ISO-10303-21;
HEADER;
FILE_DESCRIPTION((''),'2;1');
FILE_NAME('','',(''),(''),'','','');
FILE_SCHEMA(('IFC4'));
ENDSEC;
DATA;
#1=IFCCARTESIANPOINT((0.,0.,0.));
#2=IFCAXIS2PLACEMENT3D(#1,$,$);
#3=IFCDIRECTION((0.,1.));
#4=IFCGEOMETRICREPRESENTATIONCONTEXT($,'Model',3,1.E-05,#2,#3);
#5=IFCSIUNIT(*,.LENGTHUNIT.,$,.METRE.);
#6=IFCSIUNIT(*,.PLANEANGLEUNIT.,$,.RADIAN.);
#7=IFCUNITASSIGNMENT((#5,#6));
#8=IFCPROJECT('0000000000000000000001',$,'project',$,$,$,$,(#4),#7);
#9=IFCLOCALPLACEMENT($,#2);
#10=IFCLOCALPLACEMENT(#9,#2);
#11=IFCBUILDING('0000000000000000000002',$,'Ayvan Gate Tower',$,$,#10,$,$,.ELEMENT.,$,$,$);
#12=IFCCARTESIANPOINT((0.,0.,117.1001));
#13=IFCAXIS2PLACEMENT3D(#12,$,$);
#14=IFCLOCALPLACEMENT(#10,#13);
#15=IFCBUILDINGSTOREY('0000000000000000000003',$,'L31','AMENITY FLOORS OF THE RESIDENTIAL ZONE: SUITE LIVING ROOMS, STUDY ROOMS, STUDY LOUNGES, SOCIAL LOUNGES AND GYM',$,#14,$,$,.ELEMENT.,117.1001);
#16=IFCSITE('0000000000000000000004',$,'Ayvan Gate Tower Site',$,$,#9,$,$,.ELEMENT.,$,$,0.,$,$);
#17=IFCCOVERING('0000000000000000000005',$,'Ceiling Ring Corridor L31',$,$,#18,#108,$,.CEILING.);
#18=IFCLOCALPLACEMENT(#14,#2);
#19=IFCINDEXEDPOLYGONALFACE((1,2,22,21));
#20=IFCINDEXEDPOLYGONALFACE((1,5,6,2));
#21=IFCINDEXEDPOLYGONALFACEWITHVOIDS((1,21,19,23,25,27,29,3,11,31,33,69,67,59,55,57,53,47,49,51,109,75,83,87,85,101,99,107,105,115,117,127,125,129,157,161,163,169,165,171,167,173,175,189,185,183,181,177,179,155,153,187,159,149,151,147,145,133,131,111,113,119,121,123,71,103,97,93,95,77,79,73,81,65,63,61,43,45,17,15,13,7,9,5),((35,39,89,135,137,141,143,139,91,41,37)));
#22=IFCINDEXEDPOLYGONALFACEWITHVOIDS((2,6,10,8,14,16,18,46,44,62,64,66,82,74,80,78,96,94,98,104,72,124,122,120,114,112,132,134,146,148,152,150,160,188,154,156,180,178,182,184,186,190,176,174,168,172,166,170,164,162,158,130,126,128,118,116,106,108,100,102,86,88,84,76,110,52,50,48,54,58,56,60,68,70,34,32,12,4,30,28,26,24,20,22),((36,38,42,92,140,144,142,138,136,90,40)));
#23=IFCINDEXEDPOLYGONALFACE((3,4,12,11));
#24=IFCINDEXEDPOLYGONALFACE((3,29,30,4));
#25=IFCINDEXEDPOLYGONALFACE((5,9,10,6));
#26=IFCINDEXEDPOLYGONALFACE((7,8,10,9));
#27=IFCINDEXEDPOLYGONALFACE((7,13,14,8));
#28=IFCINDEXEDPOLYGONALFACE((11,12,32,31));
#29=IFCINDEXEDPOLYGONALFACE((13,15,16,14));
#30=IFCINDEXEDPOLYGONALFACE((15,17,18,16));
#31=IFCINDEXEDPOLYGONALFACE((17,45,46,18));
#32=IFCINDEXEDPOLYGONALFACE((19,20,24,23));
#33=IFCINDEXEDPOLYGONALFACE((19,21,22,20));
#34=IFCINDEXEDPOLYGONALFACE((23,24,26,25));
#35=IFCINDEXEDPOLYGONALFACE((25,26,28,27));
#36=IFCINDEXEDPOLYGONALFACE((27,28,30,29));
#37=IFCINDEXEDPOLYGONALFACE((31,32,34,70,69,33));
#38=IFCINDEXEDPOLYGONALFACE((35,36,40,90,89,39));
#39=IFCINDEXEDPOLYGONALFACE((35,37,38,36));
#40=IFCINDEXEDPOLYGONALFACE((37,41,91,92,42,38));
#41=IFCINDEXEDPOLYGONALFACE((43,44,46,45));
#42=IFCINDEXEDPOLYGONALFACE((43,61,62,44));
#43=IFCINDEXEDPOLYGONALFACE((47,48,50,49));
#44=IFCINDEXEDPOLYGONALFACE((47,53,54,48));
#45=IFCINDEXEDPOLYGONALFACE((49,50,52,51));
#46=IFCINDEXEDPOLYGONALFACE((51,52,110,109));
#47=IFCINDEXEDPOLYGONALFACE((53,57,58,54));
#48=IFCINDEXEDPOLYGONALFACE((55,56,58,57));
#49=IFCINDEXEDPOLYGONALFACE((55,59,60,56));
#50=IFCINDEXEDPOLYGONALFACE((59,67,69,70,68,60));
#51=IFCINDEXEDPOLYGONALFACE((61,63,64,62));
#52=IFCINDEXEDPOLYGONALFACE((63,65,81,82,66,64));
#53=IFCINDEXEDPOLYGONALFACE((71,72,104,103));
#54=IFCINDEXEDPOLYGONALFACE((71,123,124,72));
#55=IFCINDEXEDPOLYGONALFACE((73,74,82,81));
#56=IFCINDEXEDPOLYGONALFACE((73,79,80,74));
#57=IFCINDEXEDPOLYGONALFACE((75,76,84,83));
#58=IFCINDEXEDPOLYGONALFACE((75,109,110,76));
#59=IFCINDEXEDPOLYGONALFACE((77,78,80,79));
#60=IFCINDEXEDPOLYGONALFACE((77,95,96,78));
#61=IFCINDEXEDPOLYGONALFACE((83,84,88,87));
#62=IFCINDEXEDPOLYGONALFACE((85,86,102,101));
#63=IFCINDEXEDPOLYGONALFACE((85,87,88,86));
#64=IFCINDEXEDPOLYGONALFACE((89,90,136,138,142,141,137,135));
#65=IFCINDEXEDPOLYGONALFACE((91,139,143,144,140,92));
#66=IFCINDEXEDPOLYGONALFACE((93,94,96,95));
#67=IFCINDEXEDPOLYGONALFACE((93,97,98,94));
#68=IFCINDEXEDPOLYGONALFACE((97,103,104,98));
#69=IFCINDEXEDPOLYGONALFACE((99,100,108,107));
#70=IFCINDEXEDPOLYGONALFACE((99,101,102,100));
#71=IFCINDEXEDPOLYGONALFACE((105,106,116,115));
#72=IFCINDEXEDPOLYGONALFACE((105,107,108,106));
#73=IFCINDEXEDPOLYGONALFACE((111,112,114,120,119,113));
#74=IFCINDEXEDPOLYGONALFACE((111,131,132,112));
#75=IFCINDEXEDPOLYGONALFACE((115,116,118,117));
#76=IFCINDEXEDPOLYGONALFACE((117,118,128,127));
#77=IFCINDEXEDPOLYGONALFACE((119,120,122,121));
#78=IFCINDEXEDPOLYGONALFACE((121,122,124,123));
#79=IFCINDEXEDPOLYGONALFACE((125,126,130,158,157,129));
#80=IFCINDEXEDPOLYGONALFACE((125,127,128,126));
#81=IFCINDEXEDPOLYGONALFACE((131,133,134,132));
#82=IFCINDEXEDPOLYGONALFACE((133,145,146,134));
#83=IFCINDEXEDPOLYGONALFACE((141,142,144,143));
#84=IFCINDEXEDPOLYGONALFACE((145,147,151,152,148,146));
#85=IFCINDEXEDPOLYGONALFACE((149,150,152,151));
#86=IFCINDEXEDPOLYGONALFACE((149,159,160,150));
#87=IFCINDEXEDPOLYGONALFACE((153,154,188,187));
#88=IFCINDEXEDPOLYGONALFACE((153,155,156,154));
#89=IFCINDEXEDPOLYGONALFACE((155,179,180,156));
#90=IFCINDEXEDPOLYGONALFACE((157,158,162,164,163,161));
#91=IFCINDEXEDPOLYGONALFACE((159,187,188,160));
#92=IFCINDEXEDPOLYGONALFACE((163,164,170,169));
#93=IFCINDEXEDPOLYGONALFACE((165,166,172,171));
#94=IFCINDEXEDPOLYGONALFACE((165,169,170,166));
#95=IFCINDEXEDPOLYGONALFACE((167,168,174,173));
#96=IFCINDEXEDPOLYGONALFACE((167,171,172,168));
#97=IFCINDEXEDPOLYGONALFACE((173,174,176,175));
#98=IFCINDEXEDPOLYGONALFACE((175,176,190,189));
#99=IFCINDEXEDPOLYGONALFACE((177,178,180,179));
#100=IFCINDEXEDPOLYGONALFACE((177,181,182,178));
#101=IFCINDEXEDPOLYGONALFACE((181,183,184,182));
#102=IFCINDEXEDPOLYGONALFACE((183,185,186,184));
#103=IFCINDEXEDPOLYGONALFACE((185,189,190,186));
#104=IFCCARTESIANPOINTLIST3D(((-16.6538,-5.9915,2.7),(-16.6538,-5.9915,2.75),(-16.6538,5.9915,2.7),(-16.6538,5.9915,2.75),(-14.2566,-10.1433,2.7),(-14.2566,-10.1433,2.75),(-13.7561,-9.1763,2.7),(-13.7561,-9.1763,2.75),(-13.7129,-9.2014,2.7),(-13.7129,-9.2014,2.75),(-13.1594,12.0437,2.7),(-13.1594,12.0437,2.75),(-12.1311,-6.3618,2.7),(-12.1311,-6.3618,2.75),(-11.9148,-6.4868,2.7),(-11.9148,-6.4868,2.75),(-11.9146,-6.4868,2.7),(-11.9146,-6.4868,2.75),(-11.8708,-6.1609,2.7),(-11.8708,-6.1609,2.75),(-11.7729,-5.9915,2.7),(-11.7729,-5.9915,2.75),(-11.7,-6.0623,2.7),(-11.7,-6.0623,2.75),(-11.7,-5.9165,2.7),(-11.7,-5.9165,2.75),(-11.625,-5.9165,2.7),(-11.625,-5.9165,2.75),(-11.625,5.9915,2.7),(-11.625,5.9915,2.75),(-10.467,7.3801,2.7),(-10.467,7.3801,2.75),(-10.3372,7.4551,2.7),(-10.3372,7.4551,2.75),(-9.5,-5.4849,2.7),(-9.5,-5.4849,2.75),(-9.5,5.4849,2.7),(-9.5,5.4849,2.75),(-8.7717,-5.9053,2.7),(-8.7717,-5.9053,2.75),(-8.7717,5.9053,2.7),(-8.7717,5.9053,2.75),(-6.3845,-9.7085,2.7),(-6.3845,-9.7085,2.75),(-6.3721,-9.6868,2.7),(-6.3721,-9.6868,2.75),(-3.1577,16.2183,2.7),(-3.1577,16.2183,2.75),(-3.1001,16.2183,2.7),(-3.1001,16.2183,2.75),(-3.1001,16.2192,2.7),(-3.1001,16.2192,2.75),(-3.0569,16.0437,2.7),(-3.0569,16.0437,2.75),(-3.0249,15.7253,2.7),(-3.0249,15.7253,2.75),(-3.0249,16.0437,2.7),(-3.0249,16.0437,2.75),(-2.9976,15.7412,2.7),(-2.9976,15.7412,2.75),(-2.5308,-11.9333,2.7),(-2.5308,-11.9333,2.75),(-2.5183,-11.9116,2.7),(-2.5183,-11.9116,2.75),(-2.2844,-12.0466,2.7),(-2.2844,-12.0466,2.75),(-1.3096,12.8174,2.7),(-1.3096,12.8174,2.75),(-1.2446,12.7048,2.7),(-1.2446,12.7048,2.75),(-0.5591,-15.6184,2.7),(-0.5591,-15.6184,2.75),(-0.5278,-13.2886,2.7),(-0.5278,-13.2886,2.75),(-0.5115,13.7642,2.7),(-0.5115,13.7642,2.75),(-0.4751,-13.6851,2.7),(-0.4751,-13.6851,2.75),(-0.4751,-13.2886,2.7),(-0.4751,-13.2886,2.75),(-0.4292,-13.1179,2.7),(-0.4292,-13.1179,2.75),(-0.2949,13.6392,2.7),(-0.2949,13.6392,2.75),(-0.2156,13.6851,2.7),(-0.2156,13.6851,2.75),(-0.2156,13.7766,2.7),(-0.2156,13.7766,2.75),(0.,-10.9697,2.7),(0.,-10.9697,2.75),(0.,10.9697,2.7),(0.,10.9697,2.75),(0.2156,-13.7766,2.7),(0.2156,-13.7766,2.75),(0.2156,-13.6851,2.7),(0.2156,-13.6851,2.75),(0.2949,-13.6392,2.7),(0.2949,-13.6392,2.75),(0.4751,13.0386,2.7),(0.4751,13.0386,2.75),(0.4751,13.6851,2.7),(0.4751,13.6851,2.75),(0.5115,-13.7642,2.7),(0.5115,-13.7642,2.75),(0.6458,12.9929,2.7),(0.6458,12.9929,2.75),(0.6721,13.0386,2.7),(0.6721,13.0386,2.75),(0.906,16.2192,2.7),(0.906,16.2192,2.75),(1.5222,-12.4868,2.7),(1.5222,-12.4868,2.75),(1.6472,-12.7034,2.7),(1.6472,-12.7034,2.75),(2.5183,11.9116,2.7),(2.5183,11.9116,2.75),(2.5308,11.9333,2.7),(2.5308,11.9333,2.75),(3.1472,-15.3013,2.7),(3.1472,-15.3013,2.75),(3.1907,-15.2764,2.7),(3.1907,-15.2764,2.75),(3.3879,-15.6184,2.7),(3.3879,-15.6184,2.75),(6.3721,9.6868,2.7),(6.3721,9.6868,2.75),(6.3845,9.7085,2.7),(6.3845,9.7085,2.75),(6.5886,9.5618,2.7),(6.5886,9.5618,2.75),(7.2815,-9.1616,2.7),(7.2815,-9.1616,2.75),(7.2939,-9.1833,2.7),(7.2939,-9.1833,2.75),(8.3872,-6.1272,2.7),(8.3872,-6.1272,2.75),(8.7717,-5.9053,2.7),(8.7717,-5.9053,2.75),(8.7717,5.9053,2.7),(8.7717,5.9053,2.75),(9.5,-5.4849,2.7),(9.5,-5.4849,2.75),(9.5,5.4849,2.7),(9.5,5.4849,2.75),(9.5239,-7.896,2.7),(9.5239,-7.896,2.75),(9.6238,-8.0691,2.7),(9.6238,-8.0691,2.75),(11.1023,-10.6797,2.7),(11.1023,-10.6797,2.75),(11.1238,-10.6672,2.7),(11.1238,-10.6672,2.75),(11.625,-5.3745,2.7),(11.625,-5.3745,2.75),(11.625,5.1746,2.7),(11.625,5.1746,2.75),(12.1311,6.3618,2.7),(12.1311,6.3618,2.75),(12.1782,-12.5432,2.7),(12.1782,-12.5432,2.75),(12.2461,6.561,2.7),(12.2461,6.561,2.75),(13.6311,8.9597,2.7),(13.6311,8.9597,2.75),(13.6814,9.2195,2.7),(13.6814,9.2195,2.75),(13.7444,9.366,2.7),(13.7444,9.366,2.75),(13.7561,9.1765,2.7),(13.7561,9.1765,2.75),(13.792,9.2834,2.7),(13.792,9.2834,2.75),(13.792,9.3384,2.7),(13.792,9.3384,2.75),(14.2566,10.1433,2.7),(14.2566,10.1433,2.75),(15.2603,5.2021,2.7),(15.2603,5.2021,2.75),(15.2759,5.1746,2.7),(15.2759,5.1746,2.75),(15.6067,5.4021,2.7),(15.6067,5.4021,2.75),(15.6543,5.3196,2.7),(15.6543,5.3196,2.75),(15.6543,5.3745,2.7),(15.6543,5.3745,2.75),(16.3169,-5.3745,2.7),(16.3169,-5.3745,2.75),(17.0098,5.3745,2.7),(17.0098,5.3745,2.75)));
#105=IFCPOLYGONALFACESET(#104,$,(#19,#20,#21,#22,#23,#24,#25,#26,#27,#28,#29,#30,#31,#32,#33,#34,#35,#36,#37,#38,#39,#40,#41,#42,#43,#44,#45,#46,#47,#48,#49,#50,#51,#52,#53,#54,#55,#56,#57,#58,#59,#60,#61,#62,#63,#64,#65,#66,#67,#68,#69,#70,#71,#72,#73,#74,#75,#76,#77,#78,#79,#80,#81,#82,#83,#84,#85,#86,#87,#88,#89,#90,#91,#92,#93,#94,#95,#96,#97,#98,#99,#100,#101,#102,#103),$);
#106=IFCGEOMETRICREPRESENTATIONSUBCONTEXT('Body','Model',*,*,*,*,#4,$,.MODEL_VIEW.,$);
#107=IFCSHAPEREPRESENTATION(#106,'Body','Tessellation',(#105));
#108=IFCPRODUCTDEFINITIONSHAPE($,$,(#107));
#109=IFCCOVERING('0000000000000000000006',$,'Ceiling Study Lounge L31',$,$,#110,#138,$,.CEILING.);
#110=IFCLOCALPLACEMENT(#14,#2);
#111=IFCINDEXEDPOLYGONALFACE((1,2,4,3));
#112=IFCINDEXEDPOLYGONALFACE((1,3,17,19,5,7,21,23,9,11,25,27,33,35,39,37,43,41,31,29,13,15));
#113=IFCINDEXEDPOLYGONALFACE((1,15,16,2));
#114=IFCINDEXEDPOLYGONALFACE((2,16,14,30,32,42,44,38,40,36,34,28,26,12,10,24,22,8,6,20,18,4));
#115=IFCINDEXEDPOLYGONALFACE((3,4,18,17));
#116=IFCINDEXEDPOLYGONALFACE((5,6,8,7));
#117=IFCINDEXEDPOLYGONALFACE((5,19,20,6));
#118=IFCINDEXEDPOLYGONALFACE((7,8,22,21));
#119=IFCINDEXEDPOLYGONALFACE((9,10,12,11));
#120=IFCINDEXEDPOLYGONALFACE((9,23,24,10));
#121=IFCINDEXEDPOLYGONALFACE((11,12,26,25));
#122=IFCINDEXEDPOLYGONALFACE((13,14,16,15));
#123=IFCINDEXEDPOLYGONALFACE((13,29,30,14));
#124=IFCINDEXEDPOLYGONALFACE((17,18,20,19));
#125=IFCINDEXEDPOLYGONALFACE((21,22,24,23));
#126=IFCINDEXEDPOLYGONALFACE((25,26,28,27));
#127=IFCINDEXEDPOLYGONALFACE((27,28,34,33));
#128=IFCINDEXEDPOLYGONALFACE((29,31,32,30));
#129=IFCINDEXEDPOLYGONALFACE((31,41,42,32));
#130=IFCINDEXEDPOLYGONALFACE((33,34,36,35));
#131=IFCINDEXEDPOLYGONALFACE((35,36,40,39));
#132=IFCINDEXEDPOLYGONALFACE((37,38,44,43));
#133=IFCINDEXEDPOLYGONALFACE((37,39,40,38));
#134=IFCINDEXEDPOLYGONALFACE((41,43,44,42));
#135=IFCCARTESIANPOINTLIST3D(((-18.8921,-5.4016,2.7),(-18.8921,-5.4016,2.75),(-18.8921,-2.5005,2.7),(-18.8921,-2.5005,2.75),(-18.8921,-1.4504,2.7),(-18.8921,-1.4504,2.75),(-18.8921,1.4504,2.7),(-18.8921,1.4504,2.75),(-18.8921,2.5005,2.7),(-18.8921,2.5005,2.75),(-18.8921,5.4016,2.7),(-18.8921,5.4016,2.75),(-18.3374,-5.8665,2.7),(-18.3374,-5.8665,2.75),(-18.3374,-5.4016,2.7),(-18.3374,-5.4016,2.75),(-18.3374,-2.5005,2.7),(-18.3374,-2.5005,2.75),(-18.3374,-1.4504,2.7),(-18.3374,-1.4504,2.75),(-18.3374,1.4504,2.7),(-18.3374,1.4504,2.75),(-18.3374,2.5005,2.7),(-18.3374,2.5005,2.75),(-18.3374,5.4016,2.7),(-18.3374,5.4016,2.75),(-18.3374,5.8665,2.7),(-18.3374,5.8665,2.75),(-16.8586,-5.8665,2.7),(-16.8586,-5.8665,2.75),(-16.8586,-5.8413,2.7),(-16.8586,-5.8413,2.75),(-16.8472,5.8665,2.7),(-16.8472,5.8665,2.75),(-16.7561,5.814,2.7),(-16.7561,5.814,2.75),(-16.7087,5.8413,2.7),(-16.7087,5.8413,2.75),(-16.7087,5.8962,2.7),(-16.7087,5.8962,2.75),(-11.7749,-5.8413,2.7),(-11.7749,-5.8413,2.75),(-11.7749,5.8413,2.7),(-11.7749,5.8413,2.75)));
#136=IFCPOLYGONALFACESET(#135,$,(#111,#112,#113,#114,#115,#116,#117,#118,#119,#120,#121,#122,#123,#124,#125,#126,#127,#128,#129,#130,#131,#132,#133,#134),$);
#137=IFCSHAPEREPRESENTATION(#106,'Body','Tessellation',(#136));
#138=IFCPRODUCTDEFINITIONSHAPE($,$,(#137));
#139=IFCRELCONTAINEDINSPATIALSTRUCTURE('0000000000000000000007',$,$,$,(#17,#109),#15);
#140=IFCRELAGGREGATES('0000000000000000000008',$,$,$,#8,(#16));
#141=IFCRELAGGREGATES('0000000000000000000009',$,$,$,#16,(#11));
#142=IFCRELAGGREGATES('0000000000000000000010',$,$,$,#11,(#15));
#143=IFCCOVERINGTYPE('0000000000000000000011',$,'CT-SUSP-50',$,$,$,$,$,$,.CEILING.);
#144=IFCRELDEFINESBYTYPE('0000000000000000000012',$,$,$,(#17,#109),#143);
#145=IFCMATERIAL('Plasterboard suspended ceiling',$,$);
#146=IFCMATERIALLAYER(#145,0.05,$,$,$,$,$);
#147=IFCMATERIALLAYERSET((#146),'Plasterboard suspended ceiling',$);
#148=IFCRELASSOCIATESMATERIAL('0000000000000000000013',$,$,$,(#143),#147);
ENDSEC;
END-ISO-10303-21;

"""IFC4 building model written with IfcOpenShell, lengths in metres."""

from ifc_helpers import new_model, si_unit, direction, frame, origin, place, context, subcontext, project, spatial, polyline, outline, extrude, material, layer, layer_set, type_object, element, save


model = new_model("IFC4")

# Units and contexts
model_context = context("Model", 3, precision=1e-05, world=origin(), true_north=direction((0.0, 1.0)))
body_context = subcontext(model_context, "Body", "Model", "MODEL_VIEW")
ifc_project = project(units=[si_unit("LENGTHUNIT", "METRE"), si_unit("PLANEANGLEUNIT", "RADIAN")], contexts=[model_context])

# Site, building, storey
site_placement = place(None, origin())
site = spatial("IfcSite", under=ifc_project, at=site_placement, Name="Ayvan Gate Tower Site", CompositionType="ELEMENT", RefElevation=0.0)
building_placement = place(site_placement, origin())
building = spatial("IfcBuilding", under=site, at=building_placement, Name="Ayvan Gate Tower", CompositionType="ELEMENT")
storey_placement = place(building_placement, frame((0.0, 0.0, 117.1001)))
storey = spatial("IfcBuildingStorey", under=building, at=storey_placement, Name="L31", Description="AMENITY FLOORS OF THE RESIDENTIAL ZONE: SUITE LIVING ROOMS, STUDY ROOMS, STUDY LOUNGES, SOCIAL LOUNGES AND GYM", CompositionType="ELEMENT", Elevation=117.1001)

# Coverings
ifc_material_1 = material(Name="Plasterboard suspended ceiling")
ifc_layer_1 = layer(ifc_material_1, 0.05)
ifc_layer_set_1 = layer_set([ifc_layer_1], Name="Plasterboard suspended ceiling")
covering_type = type_object("IfcCoveringType", Name="CT-SUSP-50", PredefinedType="CEILING", material=ifc_layer_set_1)
covering_1_placement = place(storey_placement, frame((0.0, 0.0, 2.7)))
element("IfcCovering", 1, at=covering_1_placement, inside=storey, type_object=covering_type, Name="Ceiling Ring Corridor L31", PredefinedType="CEILING", context=body_context, shape_type="SweptSolid", body=[
    extrude(outline(polyline([(-11.9148, -6.4868), (-12.1311, -6.3618), (-13.7561, -9.1763), (-13.7129, -9.2014), (-14.2566, -10.1433), (-16.6538, -5.9915), (-11.7729, -5.9915), (-11.8708, -6.1609), (-11.7, -6.0623), (-11.7, -5.9165), (-11.625, -5.9165), (-11.625, 5.9915), (-16.6538, 5.9915), (-13.1594, 12.0437), (-10.467, 7.3801), (-10.3372, 7.4551), (-1.2446, 12.7048), (-1.3096, 12.8174), (-2.9976, 15.7412), (-3.0249, 15.7253), (-3.0249, 16.0437), (-3.0569, 16.0437), (-3.1577, 16.2183), (-3.1001, 16.2183), (-3.1001, 16.2192), (0.906, 16.2192), (-0.5115, 13.7642), (-0.2949, 13.6392), (-0.2156, 13.7766), (-0.2156, 13.6851), (0.4751, 13.6851), (0.4751, 13.0386), (0.6721, 13.0386), (0.6458, 12.9929), (2.5183, 11.9116), (2.5308, 11.9333), (6.3845, 9.7085), (6.3721, 9.6868), (6.5886, 9.5618), (12.1311, 6.3618), (12.2461, 6.561), (13.6311, 8.9597), (13.7561, 9.1765), (13.6814, 9.2195), (13.792, 9.2834), (13.7444, 9.366), (13.792, 9.3384), (14.2566, 10.1433), (17.0098, 5.3745), (15.6543, 5.3745), (15.6543, 5.3196), (15.6067, 5.4021), (15.2603, 5.2021), (15.2759, 5.1746), (11.625, 5.1746), (11.625, -5.3745), (16.3169, -5.3745), (12.1782, -12.5432), (11.1023, -10.6797), (11.1238, -10.6672), (9.6238, -8.0691), (9.5239, -7.896), (7.2939, -9.1833), (7.2815, -9.1616), (1.5222, -12.4868), (1.6472, -12.7034), (3.1472, -15.3013), (3.1907, -15.2764), (3.3879, -15.6184), (-0.5591, -15.6184), (0.5115, -13.7642), (0.2949, -13.6392), (0.2156, -13.7766), (0.2156, -13.6851), (-0.4751, -13.6851), (-0.4751, -13.2886), (-0.5278, -13.2886), (-0.4292, -13.1179), (-2.2844, -12.0466), (-2.5183, -11.9116), (-2.5308, -11.9333), (-6.3845, -9.7085), (-6.3721, -9.6868), (-11.9146, -6.4868), (-11.9148, -6.4868)]), holes=[polyline([(9.5, 5.4849), (8.7717, 5.9053), (0.0, 10.9697), (-8.7717, 5.9053), (-9.5, 5.4849), (-9.5, -5.4849), (-8.7717, -5.9053), (0.0, -10.9697), (8.3872, -6.1272), (8.7717, -5.9053), (9.5, -5.4849), (9.5, 5.4849)])]), origin(), (0.0, 0.0, 1.0), 0.05),
])
covering_2_placement = place(storey_placement, frame((0.0, 0.0, 2.7)))
element("IfcCovering", 2, at=covering_2_placement, inside=storey, type_object=covering_type, Name="Ceiling Study Lounge L31", PredefinedType="CEILING", context=body_context, shape_type="SweptSolid", body=[
    extrude(outline(polyline([(-18.3374, 1.4504), (-18.3374, 2.5005), (-18.8921, 2.5005), (-18.8921, 5.4016), (-18.3374, 5.4016), (-18.3374, 5.8665), (-16.8472, 5.8665), (-16.7561, 5.814), (-16.7087, 5.8962), (-16.7087, 5.8413), (-11.7749, 5.8413), (-11.7749, -5.8413), (-16.8586, -5.8413), (-16.8586, -5.8665), (-18.3374, -5.8665), (-18.3374, -5.4016), (-18.8921, -5.4016), (-18.8921, -2.5005), (-18.3374, -2.5005), (-18.3374, -1.4504), (-18.8921, -1.4504), (-18.8921, 1.4504), (-18.3374, 1.4504)])), origin(), (0.0, 0.0, 1.0), 0.05),
])

save(model, "model.ifc")
